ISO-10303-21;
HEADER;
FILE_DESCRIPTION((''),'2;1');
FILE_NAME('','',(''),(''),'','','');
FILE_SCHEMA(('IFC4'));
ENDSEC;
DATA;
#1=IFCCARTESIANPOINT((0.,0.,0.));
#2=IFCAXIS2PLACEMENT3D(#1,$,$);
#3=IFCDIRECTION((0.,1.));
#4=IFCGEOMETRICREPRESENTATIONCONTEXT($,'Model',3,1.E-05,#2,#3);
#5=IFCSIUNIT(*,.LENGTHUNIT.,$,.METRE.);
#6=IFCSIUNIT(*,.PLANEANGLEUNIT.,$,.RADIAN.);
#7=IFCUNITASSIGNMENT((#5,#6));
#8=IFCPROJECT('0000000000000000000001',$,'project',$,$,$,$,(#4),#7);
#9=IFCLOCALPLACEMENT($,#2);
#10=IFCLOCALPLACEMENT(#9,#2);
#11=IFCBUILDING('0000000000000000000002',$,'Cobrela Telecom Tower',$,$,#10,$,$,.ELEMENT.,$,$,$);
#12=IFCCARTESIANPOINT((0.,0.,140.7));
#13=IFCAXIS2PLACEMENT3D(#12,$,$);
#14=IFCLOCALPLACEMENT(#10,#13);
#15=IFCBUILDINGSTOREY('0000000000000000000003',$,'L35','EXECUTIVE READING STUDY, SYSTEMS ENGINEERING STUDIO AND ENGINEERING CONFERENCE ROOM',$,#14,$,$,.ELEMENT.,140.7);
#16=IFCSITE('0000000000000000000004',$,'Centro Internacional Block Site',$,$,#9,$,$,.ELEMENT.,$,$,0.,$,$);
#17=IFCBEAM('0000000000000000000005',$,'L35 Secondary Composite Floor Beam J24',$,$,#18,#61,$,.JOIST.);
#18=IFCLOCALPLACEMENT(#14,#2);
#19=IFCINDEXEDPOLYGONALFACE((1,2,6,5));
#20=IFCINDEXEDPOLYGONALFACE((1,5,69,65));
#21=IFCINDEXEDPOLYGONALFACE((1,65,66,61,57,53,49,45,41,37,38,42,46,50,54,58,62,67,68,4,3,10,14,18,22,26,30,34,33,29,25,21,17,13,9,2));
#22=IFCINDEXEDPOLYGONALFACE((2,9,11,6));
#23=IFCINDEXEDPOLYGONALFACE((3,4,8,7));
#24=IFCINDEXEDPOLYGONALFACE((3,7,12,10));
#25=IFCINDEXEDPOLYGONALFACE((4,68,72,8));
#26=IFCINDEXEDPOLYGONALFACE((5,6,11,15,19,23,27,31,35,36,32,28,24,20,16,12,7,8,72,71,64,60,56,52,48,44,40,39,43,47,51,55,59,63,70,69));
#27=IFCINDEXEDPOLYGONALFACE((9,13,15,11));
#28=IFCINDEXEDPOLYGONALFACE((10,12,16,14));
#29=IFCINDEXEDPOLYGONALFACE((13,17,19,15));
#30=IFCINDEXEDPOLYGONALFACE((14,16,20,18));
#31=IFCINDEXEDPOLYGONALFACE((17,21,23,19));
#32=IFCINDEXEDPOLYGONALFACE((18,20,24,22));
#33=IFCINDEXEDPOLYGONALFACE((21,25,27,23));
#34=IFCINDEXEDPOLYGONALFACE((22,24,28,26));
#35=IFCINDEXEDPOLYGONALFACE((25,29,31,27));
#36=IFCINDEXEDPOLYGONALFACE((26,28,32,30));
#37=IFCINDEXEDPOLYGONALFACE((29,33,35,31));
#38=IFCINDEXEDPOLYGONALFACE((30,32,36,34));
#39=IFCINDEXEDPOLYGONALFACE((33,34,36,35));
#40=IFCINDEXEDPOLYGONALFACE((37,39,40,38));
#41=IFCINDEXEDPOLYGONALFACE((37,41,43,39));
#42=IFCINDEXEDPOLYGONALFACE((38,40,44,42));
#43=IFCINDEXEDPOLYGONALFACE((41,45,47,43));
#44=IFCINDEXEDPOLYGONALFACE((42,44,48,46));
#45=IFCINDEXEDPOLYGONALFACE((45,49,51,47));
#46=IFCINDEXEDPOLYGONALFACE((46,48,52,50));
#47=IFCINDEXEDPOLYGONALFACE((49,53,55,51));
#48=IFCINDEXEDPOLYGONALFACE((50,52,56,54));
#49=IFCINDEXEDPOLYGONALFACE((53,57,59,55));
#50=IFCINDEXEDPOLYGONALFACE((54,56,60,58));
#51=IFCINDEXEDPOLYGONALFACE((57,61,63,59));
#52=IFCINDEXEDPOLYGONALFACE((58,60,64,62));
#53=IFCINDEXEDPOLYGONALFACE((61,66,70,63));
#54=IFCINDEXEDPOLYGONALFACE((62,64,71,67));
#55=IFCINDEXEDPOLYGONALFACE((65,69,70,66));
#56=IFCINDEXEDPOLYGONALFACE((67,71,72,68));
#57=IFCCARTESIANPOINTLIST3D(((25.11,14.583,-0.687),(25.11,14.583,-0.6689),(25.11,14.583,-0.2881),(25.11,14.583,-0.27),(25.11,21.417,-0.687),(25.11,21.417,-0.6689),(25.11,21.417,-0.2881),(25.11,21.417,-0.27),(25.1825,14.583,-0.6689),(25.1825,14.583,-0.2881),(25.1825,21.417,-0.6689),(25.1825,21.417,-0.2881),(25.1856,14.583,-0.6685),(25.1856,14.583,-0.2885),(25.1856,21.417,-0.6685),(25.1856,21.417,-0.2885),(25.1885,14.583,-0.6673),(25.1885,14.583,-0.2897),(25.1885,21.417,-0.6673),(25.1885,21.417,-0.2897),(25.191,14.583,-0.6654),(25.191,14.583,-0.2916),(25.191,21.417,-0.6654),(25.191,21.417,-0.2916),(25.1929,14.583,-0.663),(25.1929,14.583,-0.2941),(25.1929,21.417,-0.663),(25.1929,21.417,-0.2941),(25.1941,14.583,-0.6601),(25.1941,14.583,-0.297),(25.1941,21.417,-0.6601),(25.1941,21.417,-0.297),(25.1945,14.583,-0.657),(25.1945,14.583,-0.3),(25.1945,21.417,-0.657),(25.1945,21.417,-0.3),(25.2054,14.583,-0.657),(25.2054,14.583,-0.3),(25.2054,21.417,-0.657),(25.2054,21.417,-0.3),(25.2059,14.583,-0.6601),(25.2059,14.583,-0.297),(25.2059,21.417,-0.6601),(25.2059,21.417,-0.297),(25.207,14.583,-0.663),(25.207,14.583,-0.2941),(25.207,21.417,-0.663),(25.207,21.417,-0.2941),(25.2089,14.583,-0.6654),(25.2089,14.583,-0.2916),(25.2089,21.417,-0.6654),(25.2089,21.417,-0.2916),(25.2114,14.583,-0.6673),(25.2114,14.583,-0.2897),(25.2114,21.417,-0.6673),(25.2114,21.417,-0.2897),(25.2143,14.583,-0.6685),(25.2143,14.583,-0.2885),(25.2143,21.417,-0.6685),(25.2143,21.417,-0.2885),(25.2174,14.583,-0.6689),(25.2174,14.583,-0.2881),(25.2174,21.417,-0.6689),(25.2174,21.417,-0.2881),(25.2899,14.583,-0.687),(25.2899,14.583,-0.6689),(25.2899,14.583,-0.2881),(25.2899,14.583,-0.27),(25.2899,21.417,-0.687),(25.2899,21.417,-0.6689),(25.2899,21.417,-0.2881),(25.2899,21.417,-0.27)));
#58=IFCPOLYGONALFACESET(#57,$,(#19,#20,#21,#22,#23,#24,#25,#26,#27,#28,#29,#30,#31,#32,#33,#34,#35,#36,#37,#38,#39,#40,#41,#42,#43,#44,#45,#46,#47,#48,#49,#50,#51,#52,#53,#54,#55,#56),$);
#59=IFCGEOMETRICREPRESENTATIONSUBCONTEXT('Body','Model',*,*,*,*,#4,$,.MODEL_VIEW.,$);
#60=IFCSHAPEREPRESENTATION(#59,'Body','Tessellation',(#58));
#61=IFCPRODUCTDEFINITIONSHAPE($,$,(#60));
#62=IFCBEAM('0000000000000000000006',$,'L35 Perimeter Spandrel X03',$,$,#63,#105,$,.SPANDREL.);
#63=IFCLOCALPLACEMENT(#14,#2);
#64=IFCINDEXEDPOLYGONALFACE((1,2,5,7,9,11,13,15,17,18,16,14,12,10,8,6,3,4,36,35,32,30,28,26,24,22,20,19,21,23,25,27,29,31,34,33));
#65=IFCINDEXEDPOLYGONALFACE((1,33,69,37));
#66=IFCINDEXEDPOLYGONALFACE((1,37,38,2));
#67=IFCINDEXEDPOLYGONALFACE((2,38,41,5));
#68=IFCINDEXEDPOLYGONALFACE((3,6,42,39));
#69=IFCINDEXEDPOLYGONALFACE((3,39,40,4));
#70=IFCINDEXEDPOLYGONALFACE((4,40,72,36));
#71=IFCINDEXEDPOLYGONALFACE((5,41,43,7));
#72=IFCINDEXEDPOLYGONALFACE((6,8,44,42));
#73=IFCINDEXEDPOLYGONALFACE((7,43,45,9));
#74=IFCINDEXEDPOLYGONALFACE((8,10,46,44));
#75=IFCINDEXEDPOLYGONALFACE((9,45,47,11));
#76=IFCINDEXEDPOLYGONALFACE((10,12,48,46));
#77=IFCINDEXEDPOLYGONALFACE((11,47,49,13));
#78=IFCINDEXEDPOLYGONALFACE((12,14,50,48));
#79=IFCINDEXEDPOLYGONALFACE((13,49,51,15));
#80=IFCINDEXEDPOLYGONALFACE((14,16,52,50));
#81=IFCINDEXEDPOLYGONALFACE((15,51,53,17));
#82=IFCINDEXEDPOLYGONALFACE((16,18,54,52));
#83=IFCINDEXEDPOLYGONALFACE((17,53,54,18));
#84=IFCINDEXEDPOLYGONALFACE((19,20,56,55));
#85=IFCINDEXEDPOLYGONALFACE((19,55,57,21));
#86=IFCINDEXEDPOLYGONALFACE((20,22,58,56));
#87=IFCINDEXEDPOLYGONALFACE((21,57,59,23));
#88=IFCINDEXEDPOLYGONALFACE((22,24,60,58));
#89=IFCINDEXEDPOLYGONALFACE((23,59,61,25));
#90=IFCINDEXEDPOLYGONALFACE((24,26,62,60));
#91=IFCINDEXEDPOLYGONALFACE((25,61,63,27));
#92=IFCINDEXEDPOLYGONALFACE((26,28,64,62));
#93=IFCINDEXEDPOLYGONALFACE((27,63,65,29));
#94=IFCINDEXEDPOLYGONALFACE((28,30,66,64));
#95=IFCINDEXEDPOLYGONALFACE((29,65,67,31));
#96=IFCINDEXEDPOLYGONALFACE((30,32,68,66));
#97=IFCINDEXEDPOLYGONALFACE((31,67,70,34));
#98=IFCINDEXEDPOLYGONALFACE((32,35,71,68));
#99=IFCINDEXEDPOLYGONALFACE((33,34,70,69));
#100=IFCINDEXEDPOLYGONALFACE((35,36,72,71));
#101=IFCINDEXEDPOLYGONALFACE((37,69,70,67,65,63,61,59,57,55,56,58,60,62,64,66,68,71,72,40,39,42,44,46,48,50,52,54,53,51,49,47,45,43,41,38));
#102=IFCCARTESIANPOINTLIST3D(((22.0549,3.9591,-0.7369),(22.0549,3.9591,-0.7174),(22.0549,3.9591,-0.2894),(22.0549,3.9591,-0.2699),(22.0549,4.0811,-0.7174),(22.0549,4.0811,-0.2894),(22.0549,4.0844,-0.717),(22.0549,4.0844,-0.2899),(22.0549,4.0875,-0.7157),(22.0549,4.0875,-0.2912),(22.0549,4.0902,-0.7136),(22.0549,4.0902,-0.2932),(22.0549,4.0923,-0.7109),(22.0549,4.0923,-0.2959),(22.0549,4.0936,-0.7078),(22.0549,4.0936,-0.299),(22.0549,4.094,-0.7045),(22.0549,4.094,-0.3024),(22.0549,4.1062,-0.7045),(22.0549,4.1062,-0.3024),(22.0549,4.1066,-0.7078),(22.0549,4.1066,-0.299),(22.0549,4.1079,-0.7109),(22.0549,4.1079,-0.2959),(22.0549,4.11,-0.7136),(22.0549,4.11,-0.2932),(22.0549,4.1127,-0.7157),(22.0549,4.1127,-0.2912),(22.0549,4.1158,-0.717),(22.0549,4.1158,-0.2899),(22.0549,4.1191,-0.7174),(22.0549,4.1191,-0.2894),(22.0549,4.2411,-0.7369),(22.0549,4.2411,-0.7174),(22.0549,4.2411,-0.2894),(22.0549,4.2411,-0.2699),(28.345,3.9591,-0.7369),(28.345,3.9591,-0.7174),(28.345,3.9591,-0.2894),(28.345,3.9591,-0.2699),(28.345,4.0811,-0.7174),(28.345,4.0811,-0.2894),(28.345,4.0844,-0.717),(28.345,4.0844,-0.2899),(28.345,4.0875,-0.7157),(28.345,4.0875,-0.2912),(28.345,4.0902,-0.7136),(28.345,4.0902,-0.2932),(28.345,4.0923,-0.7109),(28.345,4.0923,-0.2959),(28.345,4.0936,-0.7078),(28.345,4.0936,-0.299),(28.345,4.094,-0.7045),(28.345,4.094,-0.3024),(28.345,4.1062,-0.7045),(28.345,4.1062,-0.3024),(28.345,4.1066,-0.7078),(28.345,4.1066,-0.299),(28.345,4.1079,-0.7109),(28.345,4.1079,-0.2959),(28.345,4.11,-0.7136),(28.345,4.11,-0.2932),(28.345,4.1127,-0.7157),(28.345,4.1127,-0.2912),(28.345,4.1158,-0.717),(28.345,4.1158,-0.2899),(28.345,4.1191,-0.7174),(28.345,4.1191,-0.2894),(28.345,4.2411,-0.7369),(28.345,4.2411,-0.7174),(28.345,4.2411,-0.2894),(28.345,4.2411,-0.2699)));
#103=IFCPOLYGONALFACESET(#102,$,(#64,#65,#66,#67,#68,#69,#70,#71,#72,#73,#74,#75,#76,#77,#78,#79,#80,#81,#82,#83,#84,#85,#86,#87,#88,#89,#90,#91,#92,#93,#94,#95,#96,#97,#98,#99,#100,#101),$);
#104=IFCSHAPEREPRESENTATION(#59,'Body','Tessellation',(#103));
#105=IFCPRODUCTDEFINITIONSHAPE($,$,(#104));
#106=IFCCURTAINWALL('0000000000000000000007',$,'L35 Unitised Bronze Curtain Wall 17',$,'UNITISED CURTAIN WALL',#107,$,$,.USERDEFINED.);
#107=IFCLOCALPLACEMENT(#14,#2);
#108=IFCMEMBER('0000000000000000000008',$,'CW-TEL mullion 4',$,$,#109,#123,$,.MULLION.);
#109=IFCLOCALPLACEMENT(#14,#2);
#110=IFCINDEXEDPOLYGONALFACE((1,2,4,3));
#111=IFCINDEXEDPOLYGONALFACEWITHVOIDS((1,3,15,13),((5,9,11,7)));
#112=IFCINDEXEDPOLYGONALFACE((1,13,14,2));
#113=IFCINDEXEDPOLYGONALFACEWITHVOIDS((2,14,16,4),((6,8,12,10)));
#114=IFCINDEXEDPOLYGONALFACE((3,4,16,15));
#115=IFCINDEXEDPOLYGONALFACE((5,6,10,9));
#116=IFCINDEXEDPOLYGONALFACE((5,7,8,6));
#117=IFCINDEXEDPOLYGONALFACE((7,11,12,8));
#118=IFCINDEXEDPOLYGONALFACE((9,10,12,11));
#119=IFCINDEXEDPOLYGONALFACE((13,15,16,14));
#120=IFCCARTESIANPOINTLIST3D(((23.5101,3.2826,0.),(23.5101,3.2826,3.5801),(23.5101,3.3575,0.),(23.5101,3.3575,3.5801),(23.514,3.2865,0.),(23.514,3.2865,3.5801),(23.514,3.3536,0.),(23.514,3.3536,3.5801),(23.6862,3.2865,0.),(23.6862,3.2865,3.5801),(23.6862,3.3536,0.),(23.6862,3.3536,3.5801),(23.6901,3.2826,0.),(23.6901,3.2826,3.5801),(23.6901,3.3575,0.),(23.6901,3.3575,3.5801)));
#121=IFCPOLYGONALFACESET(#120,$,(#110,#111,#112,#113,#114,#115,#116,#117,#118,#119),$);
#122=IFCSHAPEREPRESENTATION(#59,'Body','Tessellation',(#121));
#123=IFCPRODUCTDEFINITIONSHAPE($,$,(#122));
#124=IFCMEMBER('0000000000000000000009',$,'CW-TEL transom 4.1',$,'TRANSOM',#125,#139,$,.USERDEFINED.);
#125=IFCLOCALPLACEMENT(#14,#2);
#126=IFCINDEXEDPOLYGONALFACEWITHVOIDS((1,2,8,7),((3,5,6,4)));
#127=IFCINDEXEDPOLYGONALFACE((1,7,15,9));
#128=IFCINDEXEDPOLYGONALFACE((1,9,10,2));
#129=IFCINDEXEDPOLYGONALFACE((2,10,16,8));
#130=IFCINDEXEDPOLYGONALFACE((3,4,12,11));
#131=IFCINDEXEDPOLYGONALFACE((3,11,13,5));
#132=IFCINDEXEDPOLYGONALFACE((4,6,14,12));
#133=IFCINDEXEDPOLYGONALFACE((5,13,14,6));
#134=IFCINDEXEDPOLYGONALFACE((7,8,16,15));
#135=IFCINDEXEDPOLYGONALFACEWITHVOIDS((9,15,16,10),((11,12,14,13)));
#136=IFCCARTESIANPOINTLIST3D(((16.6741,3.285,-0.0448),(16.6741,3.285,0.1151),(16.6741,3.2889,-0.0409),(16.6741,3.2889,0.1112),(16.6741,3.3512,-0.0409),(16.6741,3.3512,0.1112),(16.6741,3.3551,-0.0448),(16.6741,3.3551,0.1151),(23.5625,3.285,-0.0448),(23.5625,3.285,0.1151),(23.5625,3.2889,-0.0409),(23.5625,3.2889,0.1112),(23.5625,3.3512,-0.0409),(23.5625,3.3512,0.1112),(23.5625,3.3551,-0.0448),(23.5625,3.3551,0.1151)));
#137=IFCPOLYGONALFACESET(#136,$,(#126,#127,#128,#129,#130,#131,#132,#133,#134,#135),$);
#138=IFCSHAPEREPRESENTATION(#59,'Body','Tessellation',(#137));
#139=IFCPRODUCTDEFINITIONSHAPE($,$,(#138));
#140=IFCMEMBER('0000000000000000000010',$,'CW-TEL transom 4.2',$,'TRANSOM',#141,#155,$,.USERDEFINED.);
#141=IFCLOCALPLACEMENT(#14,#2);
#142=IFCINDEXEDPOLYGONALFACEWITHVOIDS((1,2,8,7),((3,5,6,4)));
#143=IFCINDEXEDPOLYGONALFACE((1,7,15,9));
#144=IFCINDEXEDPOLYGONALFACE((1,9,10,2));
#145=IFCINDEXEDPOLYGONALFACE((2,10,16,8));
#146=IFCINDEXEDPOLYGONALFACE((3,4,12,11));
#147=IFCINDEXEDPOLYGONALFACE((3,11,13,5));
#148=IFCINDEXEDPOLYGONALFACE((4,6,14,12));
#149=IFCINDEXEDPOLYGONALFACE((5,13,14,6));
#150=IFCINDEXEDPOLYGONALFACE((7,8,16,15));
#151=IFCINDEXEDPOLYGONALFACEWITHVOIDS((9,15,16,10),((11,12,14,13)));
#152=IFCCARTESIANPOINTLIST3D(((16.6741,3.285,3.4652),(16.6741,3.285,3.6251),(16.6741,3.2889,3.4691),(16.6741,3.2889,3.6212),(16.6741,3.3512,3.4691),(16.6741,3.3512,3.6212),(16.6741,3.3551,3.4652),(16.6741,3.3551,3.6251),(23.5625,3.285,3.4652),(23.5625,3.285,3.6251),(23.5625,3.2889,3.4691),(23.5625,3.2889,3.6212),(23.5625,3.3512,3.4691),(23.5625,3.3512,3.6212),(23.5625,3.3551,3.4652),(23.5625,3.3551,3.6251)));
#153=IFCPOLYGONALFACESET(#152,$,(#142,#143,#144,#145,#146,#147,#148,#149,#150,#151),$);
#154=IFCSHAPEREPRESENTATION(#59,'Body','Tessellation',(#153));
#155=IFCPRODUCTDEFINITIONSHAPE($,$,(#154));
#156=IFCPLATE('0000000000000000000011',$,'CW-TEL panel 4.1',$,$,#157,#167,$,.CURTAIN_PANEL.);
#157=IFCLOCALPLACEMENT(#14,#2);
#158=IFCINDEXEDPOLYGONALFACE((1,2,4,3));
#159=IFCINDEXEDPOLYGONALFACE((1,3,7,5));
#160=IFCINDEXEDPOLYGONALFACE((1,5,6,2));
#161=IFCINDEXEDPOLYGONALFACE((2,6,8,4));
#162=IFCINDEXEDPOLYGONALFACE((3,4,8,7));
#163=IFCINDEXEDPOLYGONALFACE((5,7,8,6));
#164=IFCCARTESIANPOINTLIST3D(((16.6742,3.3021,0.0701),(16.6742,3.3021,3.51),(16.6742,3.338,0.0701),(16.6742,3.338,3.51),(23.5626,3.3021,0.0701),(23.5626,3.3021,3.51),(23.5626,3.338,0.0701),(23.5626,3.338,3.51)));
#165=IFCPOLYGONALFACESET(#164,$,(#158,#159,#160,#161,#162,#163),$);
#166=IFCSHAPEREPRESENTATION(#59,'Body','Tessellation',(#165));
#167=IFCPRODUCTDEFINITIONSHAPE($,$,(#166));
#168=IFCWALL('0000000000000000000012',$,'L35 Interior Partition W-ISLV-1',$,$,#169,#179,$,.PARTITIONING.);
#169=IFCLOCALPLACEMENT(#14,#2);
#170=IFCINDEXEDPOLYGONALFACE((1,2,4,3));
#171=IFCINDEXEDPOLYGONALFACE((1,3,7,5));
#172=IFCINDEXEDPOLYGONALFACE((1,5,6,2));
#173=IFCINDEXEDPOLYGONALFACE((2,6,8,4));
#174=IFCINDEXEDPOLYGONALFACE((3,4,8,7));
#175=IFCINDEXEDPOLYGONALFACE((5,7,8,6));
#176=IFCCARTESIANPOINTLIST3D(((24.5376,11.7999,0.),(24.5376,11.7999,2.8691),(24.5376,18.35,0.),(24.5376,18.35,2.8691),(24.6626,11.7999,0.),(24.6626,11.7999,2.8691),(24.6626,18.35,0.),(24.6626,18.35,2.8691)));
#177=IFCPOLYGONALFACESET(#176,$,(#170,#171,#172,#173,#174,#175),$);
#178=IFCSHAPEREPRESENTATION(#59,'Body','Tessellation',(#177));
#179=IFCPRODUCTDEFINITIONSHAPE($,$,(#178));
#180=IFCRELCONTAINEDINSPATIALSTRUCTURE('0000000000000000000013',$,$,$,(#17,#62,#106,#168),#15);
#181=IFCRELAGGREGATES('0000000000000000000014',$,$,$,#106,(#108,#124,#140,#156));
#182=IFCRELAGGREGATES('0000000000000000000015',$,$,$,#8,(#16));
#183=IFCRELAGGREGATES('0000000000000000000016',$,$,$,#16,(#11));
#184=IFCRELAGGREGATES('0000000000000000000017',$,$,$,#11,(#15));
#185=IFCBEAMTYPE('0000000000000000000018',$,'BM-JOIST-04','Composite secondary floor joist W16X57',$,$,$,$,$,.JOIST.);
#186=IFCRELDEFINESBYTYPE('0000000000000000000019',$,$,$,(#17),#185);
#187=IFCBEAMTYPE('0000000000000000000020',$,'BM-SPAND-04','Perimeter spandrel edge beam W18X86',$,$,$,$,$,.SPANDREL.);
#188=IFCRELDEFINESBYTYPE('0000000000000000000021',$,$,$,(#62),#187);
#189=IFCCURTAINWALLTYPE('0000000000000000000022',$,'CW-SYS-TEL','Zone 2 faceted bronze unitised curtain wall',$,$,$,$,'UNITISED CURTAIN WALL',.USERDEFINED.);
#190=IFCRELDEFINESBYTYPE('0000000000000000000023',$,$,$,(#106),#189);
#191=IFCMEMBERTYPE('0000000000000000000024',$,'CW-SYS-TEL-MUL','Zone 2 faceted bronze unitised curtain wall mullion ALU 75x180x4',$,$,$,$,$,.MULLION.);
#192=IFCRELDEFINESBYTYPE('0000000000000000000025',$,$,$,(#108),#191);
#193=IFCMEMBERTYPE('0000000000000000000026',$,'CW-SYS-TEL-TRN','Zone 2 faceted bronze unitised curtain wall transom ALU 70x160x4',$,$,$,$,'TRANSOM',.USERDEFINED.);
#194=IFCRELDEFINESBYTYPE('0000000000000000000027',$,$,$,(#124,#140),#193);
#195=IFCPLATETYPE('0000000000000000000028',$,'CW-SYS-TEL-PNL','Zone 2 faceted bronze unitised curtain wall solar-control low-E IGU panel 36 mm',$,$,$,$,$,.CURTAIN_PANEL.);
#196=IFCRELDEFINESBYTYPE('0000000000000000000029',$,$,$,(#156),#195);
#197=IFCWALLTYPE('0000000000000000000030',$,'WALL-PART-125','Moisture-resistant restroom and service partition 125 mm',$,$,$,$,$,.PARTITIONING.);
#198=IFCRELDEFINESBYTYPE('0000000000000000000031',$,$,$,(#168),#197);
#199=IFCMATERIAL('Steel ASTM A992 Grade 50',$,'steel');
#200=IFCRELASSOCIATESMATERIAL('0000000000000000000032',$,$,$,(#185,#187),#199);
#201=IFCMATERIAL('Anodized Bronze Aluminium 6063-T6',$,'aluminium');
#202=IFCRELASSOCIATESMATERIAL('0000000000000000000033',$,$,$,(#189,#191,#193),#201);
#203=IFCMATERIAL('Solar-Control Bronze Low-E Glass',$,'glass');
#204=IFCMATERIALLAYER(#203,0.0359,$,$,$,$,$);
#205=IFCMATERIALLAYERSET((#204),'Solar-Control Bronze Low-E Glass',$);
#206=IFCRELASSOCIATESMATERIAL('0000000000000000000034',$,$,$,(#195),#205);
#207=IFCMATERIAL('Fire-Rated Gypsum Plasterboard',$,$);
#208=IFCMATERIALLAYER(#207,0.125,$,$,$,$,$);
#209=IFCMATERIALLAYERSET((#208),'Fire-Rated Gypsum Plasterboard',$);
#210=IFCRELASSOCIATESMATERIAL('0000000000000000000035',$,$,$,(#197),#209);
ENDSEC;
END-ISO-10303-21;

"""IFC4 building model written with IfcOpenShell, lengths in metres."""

from ifc_helpers import new_model, si_unit, direction, frame, frame_2d, origin, origin_2d, place, context, subcontext, project, spatial, rectangle, hollow_rectangle, i_section, extrude, material, layer, layer_set, material_profile, profile_set, type_object, element, aggregate, save


model = new_model("IFC4")

# Units and contexts
model_context = context("Model", 3, precision=1e-05, world=origin(), true_north=direction((0.0, 1.0)))
body_context = subcontext(model_context, "Body", "Model", "MODEL_VIEW")
ifc_project = project(units=[si_unit("LENGTHUNIT", "METRE"), si_unit("PLANEANGLEUNIT", "RADIAN")], contexts=[model_context])

# Site, building, storey
site_placement = place(None, origin())
site = spatial("IfcSite", under=ifc_project, at=site_placement, Name="Centro Internacional Block Site", CompositionType="ELEMENT", RefElevation=0.0)
building_placement = place(site_placement, origin())
building = spatial("IfcBuilding", under=site, at=building_placement, Name="Cobrela Telecom Tower", CompositionType="ELEMENT")
storey_placement = place(building_placement, frame((0.0, 0.0, 140.7)))
storey = spatial("IfcBuildingStorey", under=building, at=storey_placement, Name="L35", Description="EXECUTIVE READING STUDY, SYSTEMS ENGINEERING STUDIO AND ENGINEERING CONFERENCE ROOM", CompositionType="ELEMENT", Elevation=140.7)

# Shared definitions
ifc_material_1 = material(Name="Steel ASTM A992 Grade 50", Category="steel")

# Beams
ifc_material_profile_1 = material_profile(ifc_material_1, i_section(OverallWidth=0.1799, OverallDepth=0.417, WebThickness=0.011, FlangeThickness=0.0181, FilletRadius=0.012, at=origin_2d()), Name="W16X57")
ifc_profile_set_1 = profile_set([ifc_material_profile_1], Name="Steel ASTM A992 Grade 50")
beam_type_1 = type_object("IfcBeamType", Name="BM-JOIST-04", Description="Composite secondary floor joist W16X57", PredefinedType="JOIST", material=ifc_profile_set_1)
for number, where, z_axis, x_axis, name in (
    (1, (25.2, 14.583, -0.4785), (0.0, 1.0, 0.0), (-1.0, 0.0, 0.0), "L35 Secondary Composite Floor Beam J24"),
):
    element("IfcBeam", number, at=place(storey_placement, frame(where, z_axis=z_axis, x_axis=x_axis)), inside=storey, type_object=beam_type_1, Name=name, PredefinedType="JOIST", context=body_context, shape_type="SweptSolid", body=[
        extrude(i_section(OverallWidth=0.1799, OverallDepth=0.417, WebThickness=0.011, FlangeThickness=0.0181, FilletRadius=0.012, at=origin_2d()), origin(), (0.0, 0.0, 1.0), 6.834),
    ])
ifc_material_profile_2 = material_profile(ifc_material_1, i_section(OverallWidth=0.282, OverallDepth=0.467, WebThickness=0.0122, FlangeThickness=0.0195, FilletRadius=0.0129, at=origin_2d()), Name="W18X86")
ifc_profile_set_2 = profile_set([ifc_material_profile_2], Name="Steel ASTM A992 Grade 50")
beam_type_2 = type_object("IfcBeamType", Name="BM-SPAND-04", Description="Perimeter spandrel edge beam W18X86", PredefinedType="SPANDREL", material=ifc_profile_set_2)
beam_1_placement = place(storey_placement, frame((22.0549, 4.1001, -0.5034), z_axis=(1.0, 0.0, 0.0), x_axis=(0.0, 1.0, 0.0)))
element("IfcBeam", 2, at=beam_1_placement, inside=storey, type_object=beam_type_2, Name="L35 Perimeter Spandrel X03", PredefinedType="SPANDREL", context=body_context, shape_type="SweptSolid", body=[
    extrude(i_section(OverallWidth=0.282, OverallDepth=0.467, WebThickness=0.0122, FlangeThickness=0.0195, FilletRadius=0.0129, at=origin_2d()), origin(), (0.0, 0.0, 1.0), 6.29),
])

# Curtain wall, members, plate
ifc_material_2 = material(Name="Anodized Bronze Aluminium 6063-T6", Category="aluminium")
curtain_wall_type = type_object("IfcCurtainWallType", Name="CW-SYS-TEL", Description="Zone 2 faceted bronze unitised curtain wall", ElementType="UNITISED CURTAIN WALL", PredefinedType="USERDEFINED", material=ifc_material_2)
curtain_wall_placement = place(storey_placement, origin())
curtain_wall = element("IfcCurtainWall", 3, at=curtain_wall_placement, inside=storey, type_object=curtain_wall_type, Name="L35 Unitised Bronze Curtain Wall 17", ObjectType="UNITISED CURTAIN WALL", PredefinedType="USERDEFINED")
ifc_material_profile_3 = material_profile(ifc_material_2, hollow_rectangle(XDim=0.075, YDim=0.1799, WallThickness=0.0039, at=origin_2d()), Name="ALU 75x180x4")
ifc_profile_set_3 = profile_set([ifc_material_profile_3], Name="Anodized Bronze Aluminium 6063-T6")
member_type_1 = type_object("IfcMemberType", Name="CW-SYS-TEL-MUL", Description="Zone 2 faceted bronze unitised curtain wall mullion ALU 75x180x4", PredefinedType="MULLION", material=ifc_profile_set_3)
member_1_placement = place(storey_placement, frame((23.6001, 3.3201, 0.0), z_axis=(0.0, 0.0, 1.0), x_axis=(0.0, -1.0, 0.0)))
member_1 = element("IfcMember", 4, at=member_1_placement, type_object=member_type_1, Name="CW-TEL mullion 4", PredefinedType="MULLION", context=body_context, shape_type="SweptSolid", body=[
    extrude(hollow_rectangle(XDim=0.075, YDim=0.1799, WallThickness=0.0039, at=origin_2d()), origin(), (0.0, 0.0, 1.0), 3.5801),
])
ifc_material_profile_4 = material_profile(ifc_material_2, hollow_rectangle(XDim=0.0701, YDim=0.1599, WallThickness=0.0039, at=origin_2d()), Name="ALU 70x160x4")
ifc_profile_set_4 = profile_set([ifc_material_profile_4], Name="Anodized Bronze Aluminium 6063-T6")
member_type_2 = type_object("IfcMemberType", Name="CW-SYS-TEL-TRN", Description="Zone 2 faceted bronze unitised curtain wall transom ALU 70x160x4", ElementType="TRANSOM", PredefinedType="USERDEFINED", material=ifc_profile_set_4)
member_2_placement = place(storey_placement, frame((23.5625, 3.3201, 0.0352), z_axis=(-1.0, 0.0, 0.0), x_axis=(0.0, -1.0, 0.0)))
member_2 = element("IfcMember", 5, at=member_2_placement, type_object=member_type_2, Name="CW-TEL transom 4.1", ObjectType="TRANSOM", PredefinedType="USERDEFINED", context=body_context, shape_type="SweptSolid", body=[
    extrude(hollow_rectangle(XDim=0.0701, YDim=0.1599, WallThickness=0.0039, at=origin_2d()), origin(), (0.0, 0.0, 1.0), 6.8884),
])
member_3_placement = place(storey_placement, frame((23.5625, 3.3201, 3.5452), z_axis=(-1.0, 0.0, 0.0), x_axis=(0.0, -1.0, 0.0)))
member_3 = element("IfcMember", 6, at=member_3_placement, type_object=member_type_2, Name="CW-TEL transom 4.2", ObjectType="TRANSOM", PredefinedType="USERDEFINED", context=body_context, shape_type="SweptSolid", body=[
    extrude(hollow_rectangle(XDim=0.0701, YDim=0.1599, WallThickness=0.0039, at=origin_2d()), origin(), (0.0, 0.0, 1.0), 6.8884),
])
ifc_material_3 = material(Name="Solar-Control Bronze Low-E Glass", Category="glass")
ifc_layer_1 = layer(ifc_material_3, 0.0359)
ifc_layer_set_1 = layer_set([ifc_layer_1], Name="Solar-Control Bronze Low-E Glass")
plate_type = type_object("IfcPlateType", Name="CW-SYS-TEL-PNL", Description="Zone 2 faceted bronze unitised curtain wall solar-control low-E IGU panel 36 mm", PredefinedType="CURTAIN_PANEL", material=ifc_layer_set_1)
plate_placement = place(storey_placement, frame((20.1184, 3.3201, 0.0701), z_axis=(0.0, 0.0, 1.0), x_axis=(-1.0, 0.0, 0.0)))
plate = element("IfcPlate", 7, at=plate_placement, type_object=plate_type, Name="CW-TEL panel 4.1", PredefinedType="CURTAIN_PANEL", context=body_context, shape_type="SweptSolid", body=[
    extrude(rectangle(XDim=6.8884, YDim=0.0359, at=origin_2d()), origin(), (0.0, 0.0, 1.0), 3.4399),
])
aggregate(curtain_wall, [member_1, member_2, member_3, plate])

# Wall
ifc_material_4 = material(Name="Fire-Rated Gypsum Plasterboard")
ifc_layer_2 = layer(ifc_material_4, 0.125)
ifc_layer_set_2 = layer_set([ifc_layer_2], Name="Fire-Rated Gypsum Plasterboard")
wall_type = type_object("IfcWallType", Name="WALL-PART-125", Description="Moisture-resistant restroom and service partition 125 mm", PredefinedType="PARTITIONING", material=ifc_layer_set_2)
wall_placement = place(storey_placement, frame((24.6001, 11.8, 0.0), z_axis=(0.0, 0.0, 1.0), x_axis=(0.0, 1.0, 0.0)))
element("IfcWall", 8, at=wall_placement, inside=storey, type_object=wall_type, Name="L35 Interior Partition W-ISLV-1", PredefinedType="PARTITIONING", context=body_context, shape_type="SweptSolid", body=[
    extrude(rectangle(XDim=6.55, YDim=0.125, at=frame_2d((3.2749, 0.0))), origin(), (0.0, 0.0, 1.0), 2.8691),
])

save(model, "model.ifc")
